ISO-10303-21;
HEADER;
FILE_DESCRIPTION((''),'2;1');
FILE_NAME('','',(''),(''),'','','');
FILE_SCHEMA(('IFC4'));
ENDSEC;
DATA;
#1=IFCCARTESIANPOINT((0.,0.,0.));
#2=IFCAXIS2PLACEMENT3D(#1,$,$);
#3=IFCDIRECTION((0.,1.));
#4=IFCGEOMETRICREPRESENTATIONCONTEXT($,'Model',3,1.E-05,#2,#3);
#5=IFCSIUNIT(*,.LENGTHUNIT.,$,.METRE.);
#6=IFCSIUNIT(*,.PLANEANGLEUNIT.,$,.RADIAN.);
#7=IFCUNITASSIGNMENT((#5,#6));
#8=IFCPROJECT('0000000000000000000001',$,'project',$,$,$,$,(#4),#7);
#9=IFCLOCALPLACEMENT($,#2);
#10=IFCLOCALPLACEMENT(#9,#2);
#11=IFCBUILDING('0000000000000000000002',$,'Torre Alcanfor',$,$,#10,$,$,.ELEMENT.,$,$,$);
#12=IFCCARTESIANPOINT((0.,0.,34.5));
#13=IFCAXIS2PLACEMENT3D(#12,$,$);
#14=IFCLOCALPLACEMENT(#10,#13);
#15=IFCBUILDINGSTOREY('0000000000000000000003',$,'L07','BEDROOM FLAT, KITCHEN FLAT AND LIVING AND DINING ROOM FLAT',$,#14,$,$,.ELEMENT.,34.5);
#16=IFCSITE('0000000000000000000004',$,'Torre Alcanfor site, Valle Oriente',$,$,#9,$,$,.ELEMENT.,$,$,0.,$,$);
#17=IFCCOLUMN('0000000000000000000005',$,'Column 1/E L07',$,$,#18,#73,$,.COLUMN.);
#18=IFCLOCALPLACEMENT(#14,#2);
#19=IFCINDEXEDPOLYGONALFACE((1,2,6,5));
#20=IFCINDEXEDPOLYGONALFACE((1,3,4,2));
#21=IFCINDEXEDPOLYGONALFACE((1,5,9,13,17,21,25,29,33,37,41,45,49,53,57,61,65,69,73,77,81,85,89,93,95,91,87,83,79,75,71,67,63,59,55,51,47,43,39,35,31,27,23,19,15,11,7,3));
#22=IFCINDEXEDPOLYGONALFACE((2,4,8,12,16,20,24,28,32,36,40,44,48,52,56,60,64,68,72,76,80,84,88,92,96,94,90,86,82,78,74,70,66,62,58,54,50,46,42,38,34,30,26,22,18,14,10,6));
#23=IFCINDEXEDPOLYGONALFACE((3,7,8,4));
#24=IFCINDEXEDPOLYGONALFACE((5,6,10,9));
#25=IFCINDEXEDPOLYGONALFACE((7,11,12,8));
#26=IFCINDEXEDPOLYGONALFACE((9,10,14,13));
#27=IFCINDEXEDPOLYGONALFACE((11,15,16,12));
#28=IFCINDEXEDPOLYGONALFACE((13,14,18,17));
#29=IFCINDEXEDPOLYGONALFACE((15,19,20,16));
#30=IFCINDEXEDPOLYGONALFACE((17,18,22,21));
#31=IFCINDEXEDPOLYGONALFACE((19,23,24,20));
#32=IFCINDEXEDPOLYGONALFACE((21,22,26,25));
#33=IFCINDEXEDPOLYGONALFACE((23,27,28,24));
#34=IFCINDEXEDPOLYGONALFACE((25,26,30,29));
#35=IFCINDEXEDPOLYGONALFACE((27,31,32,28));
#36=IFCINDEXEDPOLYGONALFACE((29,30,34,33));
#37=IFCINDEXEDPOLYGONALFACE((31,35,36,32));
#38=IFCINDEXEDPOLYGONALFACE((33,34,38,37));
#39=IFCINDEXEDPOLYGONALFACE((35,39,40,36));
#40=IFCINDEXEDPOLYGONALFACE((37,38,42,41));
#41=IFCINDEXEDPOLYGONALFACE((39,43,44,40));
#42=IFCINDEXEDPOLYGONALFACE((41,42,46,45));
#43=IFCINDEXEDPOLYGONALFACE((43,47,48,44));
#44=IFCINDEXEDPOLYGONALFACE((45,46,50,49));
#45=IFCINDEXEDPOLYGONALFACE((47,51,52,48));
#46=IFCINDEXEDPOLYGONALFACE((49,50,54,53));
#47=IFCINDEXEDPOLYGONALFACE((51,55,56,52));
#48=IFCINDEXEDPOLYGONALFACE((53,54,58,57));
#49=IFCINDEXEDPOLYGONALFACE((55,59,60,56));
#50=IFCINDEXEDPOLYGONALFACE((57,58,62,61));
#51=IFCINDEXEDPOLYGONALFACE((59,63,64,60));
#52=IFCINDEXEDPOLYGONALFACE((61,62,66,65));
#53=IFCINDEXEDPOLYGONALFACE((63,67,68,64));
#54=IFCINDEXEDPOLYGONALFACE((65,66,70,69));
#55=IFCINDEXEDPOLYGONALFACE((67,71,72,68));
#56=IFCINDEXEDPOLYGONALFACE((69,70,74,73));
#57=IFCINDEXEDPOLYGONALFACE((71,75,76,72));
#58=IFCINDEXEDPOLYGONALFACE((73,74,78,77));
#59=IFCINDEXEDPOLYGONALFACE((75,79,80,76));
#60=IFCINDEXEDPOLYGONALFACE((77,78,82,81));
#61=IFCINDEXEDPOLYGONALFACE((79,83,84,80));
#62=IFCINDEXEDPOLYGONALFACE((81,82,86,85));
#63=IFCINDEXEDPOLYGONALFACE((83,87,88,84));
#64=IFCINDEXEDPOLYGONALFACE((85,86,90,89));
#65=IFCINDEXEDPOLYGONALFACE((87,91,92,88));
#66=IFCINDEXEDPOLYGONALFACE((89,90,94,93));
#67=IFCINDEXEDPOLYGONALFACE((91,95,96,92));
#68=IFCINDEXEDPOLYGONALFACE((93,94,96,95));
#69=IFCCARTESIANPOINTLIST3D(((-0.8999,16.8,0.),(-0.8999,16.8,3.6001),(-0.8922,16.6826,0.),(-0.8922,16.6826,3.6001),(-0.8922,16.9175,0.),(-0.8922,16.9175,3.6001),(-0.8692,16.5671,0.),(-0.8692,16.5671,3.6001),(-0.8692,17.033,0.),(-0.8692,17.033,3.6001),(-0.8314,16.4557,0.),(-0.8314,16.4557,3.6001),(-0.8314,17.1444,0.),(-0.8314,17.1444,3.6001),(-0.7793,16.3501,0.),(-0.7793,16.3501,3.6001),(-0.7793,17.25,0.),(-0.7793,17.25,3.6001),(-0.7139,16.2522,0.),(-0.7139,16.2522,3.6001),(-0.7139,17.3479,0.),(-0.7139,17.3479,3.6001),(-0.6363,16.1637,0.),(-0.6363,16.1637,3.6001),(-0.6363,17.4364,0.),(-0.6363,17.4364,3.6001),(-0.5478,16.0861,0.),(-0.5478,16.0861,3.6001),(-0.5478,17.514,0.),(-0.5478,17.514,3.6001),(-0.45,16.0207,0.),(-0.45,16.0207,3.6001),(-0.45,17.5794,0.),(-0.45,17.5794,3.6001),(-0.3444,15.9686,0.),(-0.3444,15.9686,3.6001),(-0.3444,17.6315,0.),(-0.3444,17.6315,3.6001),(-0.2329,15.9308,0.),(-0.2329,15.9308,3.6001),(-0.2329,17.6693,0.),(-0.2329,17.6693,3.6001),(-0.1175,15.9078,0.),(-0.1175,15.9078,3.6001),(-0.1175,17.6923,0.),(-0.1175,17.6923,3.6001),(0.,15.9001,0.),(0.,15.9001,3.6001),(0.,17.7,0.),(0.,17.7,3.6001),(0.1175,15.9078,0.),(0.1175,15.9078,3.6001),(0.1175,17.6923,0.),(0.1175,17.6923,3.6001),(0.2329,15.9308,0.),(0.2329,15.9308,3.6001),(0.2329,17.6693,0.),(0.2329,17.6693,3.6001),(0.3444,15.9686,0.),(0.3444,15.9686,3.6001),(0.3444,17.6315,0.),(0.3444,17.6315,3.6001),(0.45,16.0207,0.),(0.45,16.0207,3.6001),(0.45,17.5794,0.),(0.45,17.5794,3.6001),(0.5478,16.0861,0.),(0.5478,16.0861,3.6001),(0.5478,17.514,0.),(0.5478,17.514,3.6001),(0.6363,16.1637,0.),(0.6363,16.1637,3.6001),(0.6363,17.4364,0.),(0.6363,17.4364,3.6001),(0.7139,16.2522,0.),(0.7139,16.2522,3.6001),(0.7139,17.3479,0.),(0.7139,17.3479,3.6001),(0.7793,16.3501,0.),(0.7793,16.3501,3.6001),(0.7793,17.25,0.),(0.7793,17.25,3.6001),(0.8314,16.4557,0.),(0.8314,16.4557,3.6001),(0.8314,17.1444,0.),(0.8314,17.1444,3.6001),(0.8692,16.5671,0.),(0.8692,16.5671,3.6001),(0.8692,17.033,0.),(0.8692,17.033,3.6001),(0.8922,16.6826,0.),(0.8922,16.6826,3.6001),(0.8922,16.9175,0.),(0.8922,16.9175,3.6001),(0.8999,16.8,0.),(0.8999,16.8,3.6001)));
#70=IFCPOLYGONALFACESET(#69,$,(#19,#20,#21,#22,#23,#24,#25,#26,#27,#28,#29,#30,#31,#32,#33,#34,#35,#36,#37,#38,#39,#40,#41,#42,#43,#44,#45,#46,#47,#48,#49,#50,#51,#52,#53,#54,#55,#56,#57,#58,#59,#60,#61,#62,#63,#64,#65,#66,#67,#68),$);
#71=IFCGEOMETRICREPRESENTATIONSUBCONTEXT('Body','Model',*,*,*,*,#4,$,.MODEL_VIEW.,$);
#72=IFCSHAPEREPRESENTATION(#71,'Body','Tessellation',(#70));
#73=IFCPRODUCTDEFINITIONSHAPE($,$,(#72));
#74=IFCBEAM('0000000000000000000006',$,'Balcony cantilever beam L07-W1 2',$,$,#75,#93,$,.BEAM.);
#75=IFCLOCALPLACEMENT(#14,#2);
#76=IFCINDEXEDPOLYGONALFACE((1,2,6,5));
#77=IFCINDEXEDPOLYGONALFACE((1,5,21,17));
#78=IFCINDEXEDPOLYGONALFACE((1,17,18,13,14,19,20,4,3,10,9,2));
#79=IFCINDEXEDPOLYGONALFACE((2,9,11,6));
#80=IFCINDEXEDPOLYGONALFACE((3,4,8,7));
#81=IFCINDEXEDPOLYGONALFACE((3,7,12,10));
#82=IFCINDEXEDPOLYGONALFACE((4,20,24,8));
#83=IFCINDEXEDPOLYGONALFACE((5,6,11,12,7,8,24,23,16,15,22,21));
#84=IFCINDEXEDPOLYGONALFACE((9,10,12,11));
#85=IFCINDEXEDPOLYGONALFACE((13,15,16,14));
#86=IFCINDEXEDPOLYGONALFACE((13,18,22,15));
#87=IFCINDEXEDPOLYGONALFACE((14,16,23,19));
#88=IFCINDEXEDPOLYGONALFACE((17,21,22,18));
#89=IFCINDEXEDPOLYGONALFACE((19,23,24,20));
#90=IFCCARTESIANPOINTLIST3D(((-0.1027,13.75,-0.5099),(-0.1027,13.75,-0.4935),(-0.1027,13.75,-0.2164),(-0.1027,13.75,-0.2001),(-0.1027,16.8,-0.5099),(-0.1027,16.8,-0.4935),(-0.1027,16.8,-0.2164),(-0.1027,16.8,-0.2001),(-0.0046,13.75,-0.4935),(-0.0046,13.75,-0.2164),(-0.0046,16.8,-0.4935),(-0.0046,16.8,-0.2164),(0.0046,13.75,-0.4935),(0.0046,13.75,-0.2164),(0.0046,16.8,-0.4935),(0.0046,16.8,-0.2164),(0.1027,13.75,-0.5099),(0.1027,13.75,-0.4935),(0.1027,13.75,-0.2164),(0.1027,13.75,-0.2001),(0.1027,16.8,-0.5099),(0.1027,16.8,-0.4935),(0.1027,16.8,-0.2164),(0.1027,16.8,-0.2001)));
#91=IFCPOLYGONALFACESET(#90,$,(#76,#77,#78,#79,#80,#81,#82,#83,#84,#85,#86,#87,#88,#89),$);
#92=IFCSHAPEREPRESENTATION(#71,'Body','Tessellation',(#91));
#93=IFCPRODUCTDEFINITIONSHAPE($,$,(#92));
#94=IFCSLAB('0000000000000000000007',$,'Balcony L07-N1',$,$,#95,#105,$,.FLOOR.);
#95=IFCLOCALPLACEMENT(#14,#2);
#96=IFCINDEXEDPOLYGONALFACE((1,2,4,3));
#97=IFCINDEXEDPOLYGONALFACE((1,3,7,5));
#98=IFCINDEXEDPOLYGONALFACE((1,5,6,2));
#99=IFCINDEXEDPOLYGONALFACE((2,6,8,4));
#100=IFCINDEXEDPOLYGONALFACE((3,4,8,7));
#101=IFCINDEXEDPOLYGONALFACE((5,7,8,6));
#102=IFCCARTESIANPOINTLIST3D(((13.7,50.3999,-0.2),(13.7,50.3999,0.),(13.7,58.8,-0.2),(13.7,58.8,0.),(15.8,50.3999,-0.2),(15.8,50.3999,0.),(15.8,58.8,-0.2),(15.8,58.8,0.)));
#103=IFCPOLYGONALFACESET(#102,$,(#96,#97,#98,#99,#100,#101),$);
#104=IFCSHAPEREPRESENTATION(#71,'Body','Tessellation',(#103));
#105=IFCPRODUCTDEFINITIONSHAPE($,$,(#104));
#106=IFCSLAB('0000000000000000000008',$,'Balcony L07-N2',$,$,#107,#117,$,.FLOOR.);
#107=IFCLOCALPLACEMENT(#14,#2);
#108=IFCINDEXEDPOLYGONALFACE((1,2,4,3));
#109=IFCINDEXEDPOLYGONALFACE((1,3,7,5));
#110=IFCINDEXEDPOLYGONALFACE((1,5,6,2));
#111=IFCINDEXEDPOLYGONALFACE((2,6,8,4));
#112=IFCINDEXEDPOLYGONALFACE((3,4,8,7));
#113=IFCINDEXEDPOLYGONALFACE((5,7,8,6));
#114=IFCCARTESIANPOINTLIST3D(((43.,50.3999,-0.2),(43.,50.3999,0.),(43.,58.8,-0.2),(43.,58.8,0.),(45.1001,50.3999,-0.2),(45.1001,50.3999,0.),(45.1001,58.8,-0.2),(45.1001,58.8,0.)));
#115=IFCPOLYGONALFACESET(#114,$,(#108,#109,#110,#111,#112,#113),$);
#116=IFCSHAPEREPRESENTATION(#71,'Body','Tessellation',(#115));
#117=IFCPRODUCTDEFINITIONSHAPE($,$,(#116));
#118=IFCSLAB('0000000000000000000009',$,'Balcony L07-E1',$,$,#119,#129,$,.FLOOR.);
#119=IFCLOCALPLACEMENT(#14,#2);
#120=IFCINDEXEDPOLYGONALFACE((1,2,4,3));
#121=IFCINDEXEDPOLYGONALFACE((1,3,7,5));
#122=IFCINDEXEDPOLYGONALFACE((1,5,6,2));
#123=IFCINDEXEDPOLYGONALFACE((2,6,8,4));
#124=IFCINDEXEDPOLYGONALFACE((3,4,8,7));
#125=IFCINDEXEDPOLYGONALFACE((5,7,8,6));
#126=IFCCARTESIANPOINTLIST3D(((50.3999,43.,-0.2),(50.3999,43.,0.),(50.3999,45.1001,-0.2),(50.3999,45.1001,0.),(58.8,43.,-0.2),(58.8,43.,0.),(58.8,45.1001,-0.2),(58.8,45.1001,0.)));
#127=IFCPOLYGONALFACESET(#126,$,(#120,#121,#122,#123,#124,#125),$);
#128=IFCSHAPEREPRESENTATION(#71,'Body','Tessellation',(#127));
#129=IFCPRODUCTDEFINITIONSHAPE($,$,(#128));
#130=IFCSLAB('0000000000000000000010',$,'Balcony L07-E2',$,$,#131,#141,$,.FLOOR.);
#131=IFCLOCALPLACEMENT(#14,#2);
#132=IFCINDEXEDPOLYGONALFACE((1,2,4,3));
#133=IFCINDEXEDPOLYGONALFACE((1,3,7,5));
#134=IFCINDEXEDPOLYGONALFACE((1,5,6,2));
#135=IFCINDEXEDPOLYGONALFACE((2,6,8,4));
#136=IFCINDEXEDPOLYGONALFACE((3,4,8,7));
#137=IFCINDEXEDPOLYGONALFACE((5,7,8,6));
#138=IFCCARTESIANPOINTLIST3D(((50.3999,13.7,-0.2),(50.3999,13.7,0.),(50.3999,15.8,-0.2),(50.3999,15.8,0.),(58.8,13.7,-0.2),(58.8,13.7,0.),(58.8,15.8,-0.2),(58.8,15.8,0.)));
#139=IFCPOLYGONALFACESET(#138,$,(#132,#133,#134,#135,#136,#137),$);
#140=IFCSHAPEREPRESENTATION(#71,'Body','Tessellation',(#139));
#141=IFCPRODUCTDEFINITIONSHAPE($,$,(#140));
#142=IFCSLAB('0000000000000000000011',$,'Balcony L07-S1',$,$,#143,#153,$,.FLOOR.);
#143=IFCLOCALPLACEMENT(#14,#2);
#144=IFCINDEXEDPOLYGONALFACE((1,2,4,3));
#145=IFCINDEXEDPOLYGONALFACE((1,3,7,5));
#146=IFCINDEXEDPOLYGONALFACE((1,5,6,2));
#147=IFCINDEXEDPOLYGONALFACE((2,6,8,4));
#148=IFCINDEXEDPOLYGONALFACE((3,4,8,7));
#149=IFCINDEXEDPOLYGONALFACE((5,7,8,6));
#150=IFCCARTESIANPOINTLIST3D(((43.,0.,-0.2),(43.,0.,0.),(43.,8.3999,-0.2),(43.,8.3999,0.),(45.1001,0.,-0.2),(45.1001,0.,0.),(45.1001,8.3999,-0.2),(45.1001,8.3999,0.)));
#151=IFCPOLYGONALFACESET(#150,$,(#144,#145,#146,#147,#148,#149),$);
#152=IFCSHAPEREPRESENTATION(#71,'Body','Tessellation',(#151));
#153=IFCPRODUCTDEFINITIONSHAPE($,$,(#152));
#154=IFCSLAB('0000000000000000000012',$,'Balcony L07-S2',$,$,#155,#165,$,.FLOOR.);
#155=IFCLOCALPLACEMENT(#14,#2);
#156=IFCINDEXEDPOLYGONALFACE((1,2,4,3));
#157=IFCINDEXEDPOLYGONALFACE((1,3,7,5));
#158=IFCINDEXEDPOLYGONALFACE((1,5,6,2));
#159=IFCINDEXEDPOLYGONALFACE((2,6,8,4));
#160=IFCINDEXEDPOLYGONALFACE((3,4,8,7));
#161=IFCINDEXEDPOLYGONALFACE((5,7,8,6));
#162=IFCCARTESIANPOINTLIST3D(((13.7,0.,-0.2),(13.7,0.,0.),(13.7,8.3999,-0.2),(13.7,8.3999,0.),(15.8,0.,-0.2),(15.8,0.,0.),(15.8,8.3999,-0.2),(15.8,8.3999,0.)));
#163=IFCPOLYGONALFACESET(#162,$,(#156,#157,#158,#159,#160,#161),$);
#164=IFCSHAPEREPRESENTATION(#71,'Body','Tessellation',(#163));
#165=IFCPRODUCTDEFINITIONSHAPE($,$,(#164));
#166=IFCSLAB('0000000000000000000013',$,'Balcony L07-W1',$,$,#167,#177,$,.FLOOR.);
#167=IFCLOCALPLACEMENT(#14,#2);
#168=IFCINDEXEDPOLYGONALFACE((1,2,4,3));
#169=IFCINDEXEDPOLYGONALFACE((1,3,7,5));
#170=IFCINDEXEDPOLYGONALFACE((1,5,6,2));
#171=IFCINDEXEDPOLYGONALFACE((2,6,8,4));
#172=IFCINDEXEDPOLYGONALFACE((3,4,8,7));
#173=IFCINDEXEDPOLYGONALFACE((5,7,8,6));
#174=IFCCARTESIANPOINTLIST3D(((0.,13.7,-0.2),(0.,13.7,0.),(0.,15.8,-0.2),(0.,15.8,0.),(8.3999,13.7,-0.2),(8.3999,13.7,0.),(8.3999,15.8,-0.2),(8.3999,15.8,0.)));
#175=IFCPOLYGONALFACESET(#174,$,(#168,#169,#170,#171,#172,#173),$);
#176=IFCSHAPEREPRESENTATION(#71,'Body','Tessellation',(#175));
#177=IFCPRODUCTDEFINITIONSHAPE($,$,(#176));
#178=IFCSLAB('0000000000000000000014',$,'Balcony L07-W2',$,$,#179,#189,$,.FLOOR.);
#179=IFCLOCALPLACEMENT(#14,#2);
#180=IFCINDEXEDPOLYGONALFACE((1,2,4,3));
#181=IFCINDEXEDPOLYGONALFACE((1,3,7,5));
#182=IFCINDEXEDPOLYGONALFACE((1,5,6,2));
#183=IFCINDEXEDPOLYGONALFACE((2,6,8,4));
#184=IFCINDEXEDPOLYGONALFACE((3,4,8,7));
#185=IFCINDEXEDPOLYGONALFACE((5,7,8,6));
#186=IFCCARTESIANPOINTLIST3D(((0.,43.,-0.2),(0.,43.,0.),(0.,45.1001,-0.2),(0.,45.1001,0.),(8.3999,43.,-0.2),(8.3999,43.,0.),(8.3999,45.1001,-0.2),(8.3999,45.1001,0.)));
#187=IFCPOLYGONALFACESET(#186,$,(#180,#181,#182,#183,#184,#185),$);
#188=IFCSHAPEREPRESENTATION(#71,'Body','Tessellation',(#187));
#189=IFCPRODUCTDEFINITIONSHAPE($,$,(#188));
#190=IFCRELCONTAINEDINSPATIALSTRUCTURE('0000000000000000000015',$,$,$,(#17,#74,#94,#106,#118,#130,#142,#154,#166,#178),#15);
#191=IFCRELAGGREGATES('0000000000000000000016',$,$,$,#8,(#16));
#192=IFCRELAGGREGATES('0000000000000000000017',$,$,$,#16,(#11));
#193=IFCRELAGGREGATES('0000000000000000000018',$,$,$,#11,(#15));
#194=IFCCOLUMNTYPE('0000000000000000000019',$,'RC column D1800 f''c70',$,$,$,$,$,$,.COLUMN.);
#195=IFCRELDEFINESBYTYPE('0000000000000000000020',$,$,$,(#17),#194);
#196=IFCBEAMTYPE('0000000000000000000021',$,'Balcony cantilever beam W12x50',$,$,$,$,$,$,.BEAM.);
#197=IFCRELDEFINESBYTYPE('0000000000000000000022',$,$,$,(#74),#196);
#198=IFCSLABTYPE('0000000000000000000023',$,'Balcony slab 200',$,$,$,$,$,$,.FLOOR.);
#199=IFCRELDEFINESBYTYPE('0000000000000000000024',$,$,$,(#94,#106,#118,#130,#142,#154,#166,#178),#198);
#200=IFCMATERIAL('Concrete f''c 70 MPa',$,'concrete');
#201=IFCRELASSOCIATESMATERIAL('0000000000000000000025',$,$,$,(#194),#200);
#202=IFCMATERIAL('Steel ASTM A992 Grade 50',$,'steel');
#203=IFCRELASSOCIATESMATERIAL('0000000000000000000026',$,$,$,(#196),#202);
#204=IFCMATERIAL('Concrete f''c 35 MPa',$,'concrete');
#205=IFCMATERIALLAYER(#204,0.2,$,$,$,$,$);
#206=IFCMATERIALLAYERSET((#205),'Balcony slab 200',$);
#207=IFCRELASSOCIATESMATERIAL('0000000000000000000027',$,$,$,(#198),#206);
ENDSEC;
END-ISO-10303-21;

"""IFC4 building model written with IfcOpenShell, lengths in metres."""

from ifc_helpers import new_model, si_unit, direction, frame, origin, origin_2d, place, context, subcontext, project, spatial, polyline, circle, i_section, outline, extrude, material, layer, layer_set, material_profile, profile_set, type_object, element, save


model = new_model("IFC4")

# Units and contexts
model_context = context("Model", 3, precision=1e-05, world=origin(), true_north=direction((0.0, 1.0)))
body_context = subcontext(model_context, "Body", "Model", "MODEL_VIEW")
ifc_project = project(units=[si_unit("LENGTHUNIT", "METRE"), si_unit("PLANEANGLEUNIT", "RADIAN")], contexts=[model_context])

# Site, building, storey
site_placement = place(None, origin())
site = spatial("IfcSite", under=ifc_project, at=site_placement, Name="Torre Alcanfor site, Valle Oriente", CompositionType="ELEMENT", RefElevation=0.0)
building_placement = place(site_placement, origin())
building = spatial("IfcBuilding", under=site, at=building_placement, Name="Torre Alcanfor", CompositionType="ELEMENT")
storey_placement = place(building_placement, frame((0.0, 0.0, 34.5)))
storey = spatial("IfcBuildingStorey", under=building, at=storey_placement, Name="L07", Description="BEDROOM FLAT, KITCHEN FLAT AND LIVING AND DINING ROOM FLAT", CompositionType="ELEMENT", Elevation=34.5)

# Column
ifc_material_1 = material(Name="Concrete f'c 70 MPa", Category="concrete")
ifc_material_profile_1 = material_profile(ifc_material_1, circle(Radius=0.8999, at=origin_2d()), Name="D1800")
ifc_profile_set_1 = profile_set([ifc_material_profile_1], Name="Concrete f'c 70 MPa")
column_type = type_object("IfcColumnType", Name="RC column D1800 f'c70", PredefinedType="COLUMN", material=ifc_profile_set_1)
column_placement = place(storey_placement, frame((0.0, 16.8, 0.0), z_axis=(0.0, 0.0, 1.0), x_axis=(1.0, 0.0, 0.0)))
element("IfcColumn", 1, at=column_placement, inside=storey, type_object=column_type, Name="Column 1/E L07", PredefinedType="COLUMN", context=body_context, shape_type="SweptSolid", body=[
    extrude(circle(Radius=0.8999, at=origin_2d()), origin(), (0.0, 0.0, 1.0), 3.6001),
])

# Beam
ifc_material_2 = material(Name="Steel ASTM A992 Grade 50", Category="steel")
ifc_material_profile_2 = material_profile(ifc_material_2, i_section(OverallWidth=0.2053, OverallDepth=0.3098, WebThickness=0.0093, FlangeThickness=0.0164, at=origin_2d()), Name="W12x50")
ifc_profile_set_2 = profile_set([ifc_material_profile_2], Name="Steel ASTM A992 Grade 50")
beam_type = type_object("IfcBeamType", Name="Balcony cantilever beam W12x50", PredefinedType="BEAM", material=ifc_profile_set_2)
beam_placement = place(storey_placement, frame((0.0, 16.8, -0.355), z_axis=(0.0, -1.0, 0.0), x_axis=(1.0, 0.0, 0.0)))
element("IfcBeam", 2, at=beam_placement, inside=storey, type_object=beam_type, Name="Balcony cantilever beam L07-W1 2", PredefinedType="BEAM", context=body_context, shape_type="SweptSolid", body=[
    extrude(i_section(OverallWidth=0.2053, OverallDepth=0.3098, WebThickness=0.0093, FlangeThickness=0.0164, at=origin_2d()), origin(), (0.0, 0.0, 1.0), 3.05),
])

# Slabs
ifc_material_3 = material(Name="Concrete f'c 35 MPa", Category="concrete")
ifc_layer_1 = layer(ifc_material_3, 0.2)
ifc_layer_set_1 = layer_set([ifc_layer_1], Name="Balcony slab 200")
slab_type_1 = type_object("IfcSlabType", Name="Balcony slab 200", PredefinedType="FLOOR", material=ifc_layer_set_1)
slab_1_placement = place(storey_placement, frame((0.0, 0.0, -0.2)))
element("IfcSlab", 3, at=slab_1_placement, inside=storey, type_object=slab_type_1, Name="Balcony L07-N1", PredefinedType="FLOOR", context=body_context, shape_type="SweptSolid", body=[
    extrude(outline(polyline([(15.8, 50.3999), (15.8, 58.8), (13.7, 58.8), (13.7, 50.3999), (15.8, 50.3999)])), origin(), (0.0, 0.0, 1.0), 0.2),
])
slab_2_placement = place(storey_placement, frame((0.0, 0.0, -0.2)))
element("IfcSlab", 4, at=slab_2_placement, inside=storey, type_object=slab_type_1, Name="Balcony L07-N2", PredefinedType="FLOOR", context=body_context, shape_type="SweptSolid", body=[
    extrude(outline(polyline([(45.1001, 50.3999), (45.1001, 58.8), (43.0, 58.8), (43.0, 50.3999), (45.1001, 50.3999)])), origin(), (0.0, 0.0, 1.0), 0.2),
])
slab_3_placement = place(storey_placement, frame((0.0, 0.0, -0.2)))
element("IfcSlab", 5, at=slab_3_placement, inside=storey, type_object=slab_type_1, Name="Balcony L07-E1", PredefinedType="FLOOR", context=body_context, shape_type="SweptSolid", body=[
    extrude(outline(polyline([(50.3999, 43.0), (58.8, 43.0), (58.8, 45.1001), (50.3999, 45.1001), (50.3999, 43.0)])), origin(), (0.0, 0.0, 1.0), 0.2),
])
slab_4_placement = place(storey_placement, frame((0.0, 0.0, -0.2)))
element("IfcSlab", 6, at=slab_4_placement, inside=storey, type_object=slab_type_1, Name="Balcony L07-E2", PredefinedType="FLOOR", context=body_context, shape_type="SweptSolid", body=[
    extrude(outline(polyline([(50.3999, 13.7), (58.8, 13.7), (58.8, 15.8), (50.3999, 15.8), (50.3999, 13.7)])), origin(), (0.0, 0.0, 1.0), 0.2),
])
slab_5_placement = place(storey_placement, frame((0.0, 0.0, -0.2)))
element("IfcSlab", 7, at=slab_5_placement, inside=storey, type_object=slab_type_1, Name="Balcony L07-S1", PredefinedType="FLOOR", context=body_context, shape_type="SweptSolid", body=[
    extrude(outline(polyline([(43.0, 8.3999), (43.0, 0.0), (45.1001, 0.0), (45.1001, 8.3999), (43.0, 8.3999)])), origin(), (0.0, 0.0, 1.0), 0.2),
])
slab_6_placement = place(storey_placement, frame((0.0, 0.0, -0.2)))
element("IfcSlab", 8, at=slab_6_placement, inside=storey, type_object=slab_type_1, Name="Balcony L07-S2", PredefinedType="FLOOR", context=body_context, shape_type="SweptSolid", body=[
    extrude(outline(polyline([(13.7, 8.3999), (13.7, 0.0), (15.8, 0.0), (15.8, 8.3999), (13.7, 8.3999)])), origin(), (0.0, 0.0, 1.0), 0.2),
])
slab_7_placement = place(storey_placement, frame((0.0, 0.0, -0.2)))
element("IfcSlab", 9, at=slab_7_placement, inside=storey, type_object=slab_type_1, Name="Balcony L07-W1", PredefinedType="FLOOR", context=body_context, shape_type="SweptSolid", body=[
    extrude(outline(polyline([(8.3999, 15.8), (0.0, 15.8), (0.0, 13.7), (8.3999, 13.7), (8.3999, 15.8)])), origin(), (0.0, 0.0, 1.0), 0.2),
])
slab_8_placement = place(storey_placement, frame((0.0, 0.0, -0.2)))
element("IfcSlab", 10, at=slab_8_placement, inside=storey, type_object=slab_type_1, Name="Balcony L07-W2", PredefinedType="FLOOR", context=body_context, shape_type="SweptSolid", body=[
    extrude(outline(polyline([(8.3999, 45.1001), (0.0, 45.1001), (0.0, 43.0), (8.3999, 43.0), (8.3999, 45.1001)])), origin(), (0.0, 0.0, 1.0), 0.2),
])

save(model, "model.ifc")
